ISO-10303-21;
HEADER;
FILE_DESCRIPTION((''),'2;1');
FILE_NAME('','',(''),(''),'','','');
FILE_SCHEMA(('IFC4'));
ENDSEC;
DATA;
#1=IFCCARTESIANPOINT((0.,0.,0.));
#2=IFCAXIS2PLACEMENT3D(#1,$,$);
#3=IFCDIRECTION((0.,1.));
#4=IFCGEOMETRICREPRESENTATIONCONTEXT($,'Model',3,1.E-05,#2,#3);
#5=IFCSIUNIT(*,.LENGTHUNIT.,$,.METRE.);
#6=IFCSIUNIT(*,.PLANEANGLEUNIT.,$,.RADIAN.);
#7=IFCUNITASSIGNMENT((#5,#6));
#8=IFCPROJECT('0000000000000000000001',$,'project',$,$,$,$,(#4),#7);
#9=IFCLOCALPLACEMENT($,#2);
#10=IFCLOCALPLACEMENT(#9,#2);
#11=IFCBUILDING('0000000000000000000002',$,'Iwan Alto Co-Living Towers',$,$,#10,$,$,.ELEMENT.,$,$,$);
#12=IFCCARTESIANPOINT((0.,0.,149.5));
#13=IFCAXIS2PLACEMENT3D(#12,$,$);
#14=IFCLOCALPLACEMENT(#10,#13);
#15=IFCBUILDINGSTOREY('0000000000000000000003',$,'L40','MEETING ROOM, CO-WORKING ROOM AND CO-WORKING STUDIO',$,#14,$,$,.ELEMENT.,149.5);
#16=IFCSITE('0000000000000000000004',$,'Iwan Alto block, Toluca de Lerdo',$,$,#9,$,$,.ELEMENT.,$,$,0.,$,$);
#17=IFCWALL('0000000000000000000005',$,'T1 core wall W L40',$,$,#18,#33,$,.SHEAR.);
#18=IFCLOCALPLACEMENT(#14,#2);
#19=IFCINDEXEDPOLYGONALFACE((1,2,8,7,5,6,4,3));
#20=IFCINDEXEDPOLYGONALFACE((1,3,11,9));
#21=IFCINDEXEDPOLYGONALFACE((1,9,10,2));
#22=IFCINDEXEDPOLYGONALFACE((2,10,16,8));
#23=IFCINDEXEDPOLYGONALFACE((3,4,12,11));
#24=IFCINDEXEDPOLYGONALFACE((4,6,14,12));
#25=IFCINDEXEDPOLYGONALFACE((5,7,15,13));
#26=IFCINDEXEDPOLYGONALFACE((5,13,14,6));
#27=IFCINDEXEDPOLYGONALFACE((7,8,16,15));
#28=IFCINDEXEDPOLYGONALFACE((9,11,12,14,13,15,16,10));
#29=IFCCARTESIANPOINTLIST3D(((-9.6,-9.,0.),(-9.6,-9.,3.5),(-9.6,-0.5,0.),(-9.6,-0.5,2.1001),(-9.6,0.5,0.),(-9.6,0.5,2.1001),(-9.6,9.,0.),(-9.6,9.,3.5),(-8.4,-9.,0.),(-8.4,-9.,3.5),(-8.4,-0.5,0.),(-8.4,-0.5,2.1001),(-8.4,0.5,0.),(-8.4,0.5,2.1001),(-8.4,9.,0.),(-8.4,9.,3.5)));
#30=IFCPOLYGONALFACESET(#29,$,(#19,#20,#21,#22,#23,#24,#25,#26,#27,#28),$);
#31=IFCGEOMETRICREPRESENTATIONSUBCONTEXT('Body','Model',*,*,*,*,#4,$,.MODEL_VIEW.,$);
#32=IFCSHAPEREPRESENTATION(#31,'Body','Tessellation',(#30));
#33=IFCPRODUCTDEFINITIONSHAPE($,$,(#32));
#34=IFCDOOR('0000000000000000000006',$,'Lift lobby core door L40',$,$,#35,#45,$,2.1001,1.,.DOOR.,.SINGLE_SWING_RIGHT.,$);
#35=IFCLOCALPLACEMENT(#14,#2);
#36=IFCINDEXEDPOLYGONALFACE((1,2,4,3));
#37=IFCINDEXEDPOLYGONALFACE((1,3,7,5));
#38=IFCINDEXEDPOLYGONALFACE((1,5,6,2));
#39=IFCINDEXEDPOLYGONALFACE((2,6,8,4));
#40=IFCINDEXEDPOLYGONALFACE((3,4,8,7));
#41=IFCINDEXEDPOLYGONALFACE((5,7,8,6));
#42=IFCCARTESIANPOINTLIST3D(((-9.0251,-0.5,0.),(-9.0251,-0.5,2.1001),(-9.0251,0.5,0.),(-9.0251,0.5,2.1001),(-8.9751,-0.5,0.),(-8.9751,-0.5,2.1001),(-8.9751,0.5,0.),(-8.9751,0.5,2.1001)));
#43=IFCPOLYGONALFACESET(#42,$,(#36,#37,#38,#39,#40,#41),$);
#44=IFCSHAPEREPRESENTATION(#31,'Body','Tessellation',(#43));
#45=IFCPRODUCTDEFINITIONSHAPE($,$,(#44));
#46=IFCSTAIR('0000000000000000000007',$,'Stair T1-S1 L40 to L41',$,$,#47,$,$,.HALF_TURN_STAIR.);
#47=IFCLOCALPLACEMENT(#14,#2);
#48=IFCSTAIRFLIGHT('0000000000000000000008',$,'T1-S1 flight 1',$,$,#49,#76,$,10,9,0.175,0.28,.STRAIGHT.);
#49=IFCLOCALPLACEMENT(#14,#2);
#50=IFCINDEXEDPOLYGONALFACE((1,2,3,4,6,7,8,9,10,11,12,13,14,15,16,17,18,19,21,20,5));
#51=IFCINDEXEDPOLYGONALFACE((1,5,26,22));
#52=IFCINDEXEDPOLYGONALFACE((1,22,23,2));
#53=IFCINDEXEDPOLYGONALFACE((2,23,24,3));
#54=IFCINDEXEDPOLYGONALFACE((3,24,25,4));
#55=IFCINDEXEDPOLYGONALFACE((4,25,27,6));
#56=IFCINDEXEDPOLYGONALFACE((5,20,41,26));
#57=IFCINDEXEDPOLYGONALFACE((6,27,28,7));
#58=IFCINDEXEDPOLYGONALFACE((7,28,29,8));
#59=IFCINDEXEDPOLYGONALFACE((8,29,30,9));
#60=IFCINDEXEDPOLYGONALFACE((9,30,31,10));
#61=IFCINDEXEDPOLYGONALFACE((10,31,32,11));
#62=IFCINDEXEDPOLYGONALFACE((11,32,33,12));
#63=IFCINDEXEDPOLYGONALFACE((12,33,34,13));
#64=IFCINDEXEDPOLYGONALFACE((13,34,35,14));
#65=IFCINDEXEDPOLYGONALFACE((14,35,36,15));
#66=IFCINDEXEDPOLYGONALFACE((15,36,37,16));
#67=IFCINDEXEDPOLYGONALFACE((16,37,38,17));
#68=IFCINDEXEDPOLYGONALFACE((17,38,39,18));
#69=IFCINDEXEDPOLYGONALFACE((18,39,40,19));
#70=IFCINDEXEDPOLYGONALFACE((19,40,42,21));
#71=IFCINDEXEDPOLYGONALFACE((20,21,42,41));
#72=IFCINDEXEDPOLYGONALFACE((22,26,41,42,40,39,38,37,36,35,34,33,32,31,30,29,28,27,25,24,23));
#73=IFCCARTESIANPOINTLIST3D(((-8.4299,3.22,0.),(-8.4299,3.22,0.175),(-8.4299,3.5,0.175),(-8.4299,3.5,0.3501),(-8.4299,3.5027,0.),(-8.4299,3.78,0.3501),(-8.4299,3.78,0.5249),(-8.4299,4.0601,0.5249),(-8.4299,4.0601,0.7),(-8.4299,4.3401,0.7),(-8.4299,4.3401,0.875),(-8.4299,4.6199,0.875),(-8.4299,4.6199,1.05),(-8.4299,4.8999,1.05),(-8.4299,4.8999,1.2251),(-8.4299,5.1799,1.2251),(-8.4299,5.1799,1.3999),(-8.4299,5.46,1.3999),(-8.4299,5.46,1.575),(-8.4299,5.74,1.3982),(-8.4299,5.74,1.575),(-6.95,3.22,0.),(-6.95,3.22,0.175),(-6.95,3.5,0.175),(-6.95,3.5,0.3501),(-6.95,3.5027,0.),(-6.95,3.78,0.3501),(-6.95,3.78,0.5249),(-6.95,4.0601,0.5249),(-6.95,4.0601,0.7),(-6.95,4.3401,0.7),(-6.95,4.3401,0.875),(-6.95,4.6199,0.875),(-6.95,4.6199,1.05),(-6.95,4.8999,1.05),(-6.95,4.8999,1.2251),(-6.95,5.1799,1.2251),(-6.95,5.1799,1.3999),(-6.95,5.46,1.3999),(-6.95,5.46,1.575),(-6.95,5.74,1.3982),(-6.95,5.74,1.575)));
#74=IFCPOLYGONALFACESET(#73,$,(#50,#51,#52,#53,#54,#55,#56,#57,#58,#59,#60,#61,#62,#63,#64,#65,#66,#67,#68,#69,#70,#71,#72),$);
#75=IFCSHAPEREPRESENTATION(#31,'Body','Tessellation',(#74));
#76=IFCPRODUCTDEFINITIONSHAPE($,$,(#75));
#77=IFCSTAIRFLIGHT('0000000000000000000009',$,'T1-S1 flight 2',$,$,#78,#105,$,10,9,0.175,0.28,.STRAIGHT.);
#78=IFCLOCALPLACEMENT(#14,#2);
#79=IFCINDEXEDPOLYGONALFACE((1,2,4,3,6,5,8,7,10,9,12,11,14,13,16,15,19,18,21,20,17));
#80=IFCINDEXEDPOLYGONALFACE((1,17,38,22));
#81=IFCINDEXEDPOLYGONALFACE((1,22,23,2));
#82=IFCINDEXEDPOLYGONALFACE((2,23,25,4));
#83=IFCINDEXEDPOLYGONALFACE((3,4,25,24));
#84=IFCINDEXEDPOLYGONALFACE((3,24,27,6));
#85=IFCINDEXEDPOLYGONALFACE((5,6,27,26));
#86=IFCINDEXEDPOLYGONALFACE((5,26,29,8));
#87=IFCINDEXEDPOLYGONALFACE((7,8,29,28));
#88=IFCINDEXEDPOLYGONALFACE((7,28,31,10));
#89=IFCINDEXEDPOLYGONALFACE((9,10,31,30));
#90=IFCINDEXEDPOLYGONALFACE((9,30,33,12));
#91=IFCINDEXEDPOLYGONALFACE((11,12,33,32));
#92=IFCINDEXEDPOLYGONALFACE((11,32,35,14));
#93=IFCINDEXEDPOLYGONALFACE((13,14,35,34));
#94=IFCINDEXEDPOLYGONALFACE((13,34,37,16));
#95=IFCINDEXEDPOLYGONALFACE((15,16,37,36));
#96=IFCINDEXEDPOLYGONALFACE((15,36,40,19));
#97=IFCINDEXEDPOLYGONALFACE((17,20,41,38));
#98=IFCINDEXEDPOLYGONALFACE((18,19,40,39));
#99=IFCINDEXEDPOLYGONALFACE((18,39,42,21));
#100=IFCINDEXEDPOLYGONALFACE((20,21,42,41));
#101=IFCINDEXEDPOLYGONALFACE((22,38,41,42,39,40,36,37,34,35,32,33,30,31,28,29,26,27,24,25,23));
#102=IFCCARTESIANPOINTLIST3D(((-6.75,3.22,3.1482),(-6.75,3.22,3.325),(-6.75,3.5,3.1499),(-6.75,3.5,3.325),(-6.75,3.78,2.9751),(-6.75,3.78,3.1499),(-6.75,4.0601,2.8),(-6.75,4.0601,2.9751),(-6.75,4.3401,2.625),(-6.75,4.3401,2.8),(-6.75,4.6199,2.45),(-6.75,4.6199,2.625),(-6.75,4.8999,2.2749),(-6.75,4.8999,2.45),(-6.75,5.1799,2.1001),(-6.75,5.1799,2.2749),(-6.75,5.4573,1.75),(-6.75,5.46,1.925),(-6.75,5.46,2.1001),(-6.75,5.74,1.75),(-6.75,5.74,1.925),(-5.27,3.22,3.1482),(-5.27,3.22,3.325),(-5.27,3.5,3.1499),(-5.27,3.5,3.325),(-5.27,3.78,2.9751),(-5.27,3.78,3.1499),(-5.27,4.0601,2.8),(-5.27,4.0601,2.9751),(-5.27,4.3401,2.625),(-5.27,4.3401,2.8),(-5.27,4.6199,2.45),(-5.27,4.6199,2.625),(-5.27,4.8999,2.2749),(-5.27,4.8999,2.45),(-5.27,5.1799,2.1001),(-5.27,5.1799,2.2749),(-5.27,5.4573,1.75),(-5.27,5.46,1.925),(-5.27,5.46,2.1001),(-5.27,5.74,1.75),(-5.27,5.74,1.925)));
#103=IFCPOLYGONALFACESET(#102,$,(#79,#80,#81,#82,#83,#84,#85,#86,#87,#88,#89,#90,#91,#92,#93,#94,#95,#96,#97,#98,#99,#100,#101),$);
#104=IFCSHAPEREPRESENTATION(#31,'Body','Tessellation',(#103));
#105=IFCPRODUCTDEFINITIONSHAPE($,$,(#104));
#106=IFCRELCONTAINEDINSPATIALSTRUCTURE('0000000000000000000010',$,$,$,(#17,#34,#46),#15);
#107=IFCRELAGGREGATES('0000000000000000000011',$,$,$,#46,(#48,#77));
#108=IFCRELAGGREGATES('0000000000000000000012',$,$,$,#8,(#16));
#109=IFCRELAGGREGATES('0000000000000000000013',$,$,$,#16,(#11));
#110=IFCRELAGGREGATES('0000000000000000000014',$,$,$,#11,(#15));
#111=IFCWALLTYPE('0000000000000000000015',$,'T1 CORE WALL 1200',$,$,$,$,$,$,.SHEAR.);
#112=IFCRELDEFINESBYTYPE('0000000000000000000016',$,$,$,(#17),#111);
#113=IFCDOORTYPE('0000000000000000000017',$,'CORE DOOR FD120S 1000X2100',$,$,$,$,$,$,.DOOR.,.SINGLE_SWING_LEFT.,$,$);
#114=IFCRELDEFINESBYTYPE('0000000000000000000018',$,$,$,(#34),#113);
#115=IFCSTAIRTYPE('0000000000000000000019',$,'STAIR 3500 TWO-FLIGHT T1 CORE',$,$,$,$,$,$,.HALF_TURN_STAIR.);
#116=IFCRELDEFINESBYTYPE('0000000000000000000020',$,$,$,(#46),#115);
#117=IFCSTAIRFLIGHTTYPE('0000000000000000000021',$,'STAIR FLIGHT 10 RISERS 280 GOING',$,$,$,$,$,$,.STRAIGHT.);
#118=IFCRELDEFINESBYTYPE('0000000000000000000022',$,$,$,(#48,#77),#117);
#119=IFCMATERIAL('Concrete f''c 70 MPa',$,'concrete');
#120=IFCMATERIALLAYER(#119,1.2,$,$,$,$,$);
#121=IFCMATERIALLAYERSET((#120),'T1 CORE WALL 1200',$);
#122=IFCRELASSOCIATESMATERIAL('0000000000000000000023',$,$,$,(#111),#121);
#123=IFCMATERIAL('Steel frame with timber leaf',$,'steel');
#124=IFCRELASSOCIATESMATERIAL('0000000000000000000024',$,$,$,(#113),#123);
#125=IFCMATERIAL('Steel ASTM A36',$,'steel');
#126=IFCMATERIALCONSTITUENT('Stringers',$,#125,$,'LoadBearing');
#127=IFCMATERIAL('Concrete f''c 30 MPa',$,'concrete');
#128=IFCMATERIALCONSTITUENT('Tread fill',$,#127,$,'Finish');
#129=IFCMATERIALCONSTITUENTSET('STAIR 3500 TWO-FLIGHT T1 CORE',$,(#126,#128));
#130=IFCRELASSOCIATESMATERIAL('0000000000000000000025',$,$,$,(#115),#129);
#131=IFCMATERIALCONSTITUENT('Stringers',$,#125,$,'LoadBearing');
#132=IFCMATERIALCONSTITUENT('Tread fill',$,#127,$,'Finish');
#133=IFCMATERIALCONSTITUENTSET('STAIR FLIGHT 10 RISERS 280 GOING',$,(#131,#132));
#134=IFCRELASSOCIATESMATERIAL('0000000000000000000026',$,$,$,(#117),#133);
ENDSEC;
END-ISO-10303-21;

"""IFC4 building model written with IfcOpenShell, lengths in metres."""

from ifc_helpers import new_model, si_unit, direction, frame, frame_2d, origin, place, context, subcontext, project, spatial, polyline, rectangle, outline, extrude, material, layer, layer_set, constituent, constituent_set, type_object, element, fill, aggregate, save


model = new_model("IFC4")

# Units and contexts
model_context = context("Model", 3, precision=1e-05, world=origin(), true_north=direction((0.0, 1.0)))
body_context = subcontext(model_context, "Body", "Model", "MODEL_VIEW")
ifc_project = project(units=[si_unit("LENGTHUNIT", "METRE"), si_unit("PLANEANGLEUNIT", "RADIAN")], contexts=[model_context])

# Site, building, storey
site_placement = place(None, origin())
site = spatial("IfcSite", under=ifc_project, at=site_placement, Name="Iwan Alto block, Toluca de Lerdo", CompositionType="ELEMENT", RefElevation=0.0)
building_placement = place(site_placement, origin())
building = spatial("IfcBuilding", under=site, at=building_placement, Name="Iwan Alto Co-Living Towers", CompositionType="ELEMENT")
storey_placement = place(building_placement, frame((0.0, 0.0, 149.5)))
storey = spatial("IfcBuildingStorey", under=building, at=storey_placement, Name="L40", Description="MEETING ROOM, CO-WORKING ROOM AND CO-WORKING STUDIO", CompositionType="ELEMENT", Elevation=149.5)

# Wall, opening, door
ifc_material_1 = material(Name="Concrete f'c 70 MPa", Category="concrete")
ifc_layer_1 = layer(ifc_material_1, 1.2)
ifc_layer_set_1 = layer_set([ifc_layer_1], Name="T1 CORE WALL 1200")
wall_type_1 = type_object("IfcWallType", Name="T1 CORE WALL 1200", PredefinedType="SHEAR", material=ifc_layer_set_1)
wall_1_placement = place(storey_placement, frame((-9.0, 9.0, 0.0), z_axis=(0.0, 0.0, 1.0), x_axis=(0.0, -1.0, 0.0)))
wall_1 = element("IfcWall", 1, at=wall_1_placement, inside=storey, type_object=wall_type_1, Name="T1 core wall W L40", PredefinedType="SHEAR", context=body_context, shape_type="SweptSolid", body=[
    extrude(rectangle(XDim=18.0, YDim=1.2, at=frame_2d((9.0, 0.0))), origin(), (0.0, 0.0, 1.0), 3.5),
])
opening_1_placement = place(wall_1_placement, frame((8.5, 0.0, 0.0)))
opening_1 = element("IfcOpeningElement", 2, at=opening_1_placement, cuts=wall_1, PredefinedType="OPENING", context=body_context, shape_type="SweptSolid", body=[
    extrude(rectangle(XDim=1.0, YDim=2.1001, at=frame_2d((0.5, 1.05))), frame((0.0, 0.6099, 0.0), z_axis=(0.0, -1.0, 0.0), x_axis=(1.0, 0.0, 0.0)), (0.0, 0.0, 1.0), 1.22),
])
ifc_material_2 = material(Name="Steel frame with timber leaf", Category="steel")
door_type_1 = type_object("IfcDoorType", Name="CORE DOOR FD120S 1000X2100", OperationType="SINGLE_SWING_LEFT", PredefinedType="DOOR", material=ifc_material_2)
door_1_placement = place(opening_1_placement, origin())
door_1 = element("IfcDoor", 3, at=door_1_placement, inside=storey, type_object=door_type_1, Name="Lift lobby core door L40", OperationType="SINGLE_SWING_RIGHT", OverallHeight=2.1001, OverallWidth=1.0, PredefinedType="DOOR", context=body_context, shape_type="SweptSolid", body=[
    extrude(rectangle(XDim=1.0, YDim=2.1001, at=frame_2d((0.5, 1.05))), frame((0.0, 0.0249, 0.0), z_axis=(0.0, -1.0, 0.0), x_axis=(1.0, 0.0, 0.0)), (0.0, 0.0, 1.0), 0.05),
])
fill(opening_1, door_1)

# Stair, stair flights
ifc_material_3 = material(Name="Steel ASTM A36", Category="steel")
ifc_constituent_1 = constituent(ifc_material_3, Name="Stringers", Category="LoadBearing")
ifc_material_4 = material(Name="Concrete f'c 30 MPa", Category="concrete")
ifc_constituent_2 = constituent(ifc_material_4, Name="Tread fill", Category="Finish")
ifc_constituent_set_1 = constituent_set(constituents=[ifc_constituent_1, ifc_constituent_2], Name="STAIR 3500 TWO-FLIGHT T1 CORE")
stair_type = type_object("IfcStairType", Name="STAIR 3500 TWO-FLIGHT T1 CORE", PredefinedType="HALF_TURN_STAIR", material=ifc_constituent_set_1)
stair_placement = place(storey_placement, origin())
stair = element("IfcStair", 4, at=stair_placement, inside=storey, type_object=stair_type, Name="Stair T1-S1 L40 to L41", PredefinedType="HALF_TURN_STAIR")
ifc_constituent_3 = constituent(ifc_material_3, Name="Stringers", Category="LoadBearing")
ifc_constituent_4 = constituent(ifc_material_4, Name="Tread fill", Category="Finish")
ifc_constituent_set_2 = constituent_set(constituents=[ifc_constituent_3, ifc_constituent_4], Name="STAIR FLIGHT 10 RISERS 280 GOING")
stair_flight_type = type_object("IfcStairFlightType", Name="STAIR FLIGHT 10 RISERS 280 GOING", PredefinedType="STRAIGHT", material=ifc_constituent_set_2)
stair_flight_1_placement = place(storey_placement, frame((-7.6899, 3.22, 0.0), z_axis=(0.0, 0.0, 1.0), x_axis=(0.0, 1.0, 0.0)))
stair_flight_1 = element("IfcStairFlight", 5, at=stair_flight_1_placement, type_object=stair_flight_type, Name="T1-S1 flight 1", NumberOfRisers=10, NumberOfTreads=9, PredefinedType="STRAIGHT", RiserHeight=0.175, TreadLength=0.28, context=body_context, shape_type="SweptSolid", body=[
    extrude(outline(polyline([(0.0, 0.0), (0.0, 0.175), (0.28, 0.175), (0.28, 0.3501), (0.5601, 0.3501), (0.5601, 0.5249), (0.8401, 0.5249), (0.8401, 0.7), (1.1201, 0.7), (1.1201, 0.875), (1.3999, 0.875), (1.3999, 1.05), (1.6799, 1.05), (1.6799, 1.2251), (1.96, 1.2251), (1.96, 1.3999), (2.24, 1.3999), (2.24, 1.575), (2.52, 1.575), (2.52, 1.75), (2.52, 1.3982), (0.2827, 0.0), (0.0, 0.0)])), frame((0.0, 0.74, 0.0), z_axis=(0.0, -1.0, 0.0), x_axis=(1.0, 0.0, 0.0)), (0.0, 0.0, 1.0), 1.48),
])
stair_flight_2_placement = place(storey_placement, frame((-6.01, 5.74, 1.75), z_axis=(0.0, 0.0, 1.0), x_axis=(0.0, -1.0, 0.0)))
stair_flight_2 = element("IfcStairFlight", 6, at=stair_flight_2_placement, type_object=stair_flight_type, Name="T1-S1 flight 2", NumberOfRisers=10, NumberOfTreads=9, PredefinedType="STRAIGHT", RiserHeight=0.175, TreadLength=0.28, context=body_context, shape_type="SweptSolid", body=[
    extrude(outline(polyline([(0.0, 0.0), (0.0, 0.175), (0.28, 0.175), (0.28, 0.3501), (0.5601, 0.3501), (0.5601, 0.5249), (0.8401, 0.5249), (0.8401, 0.7), (1.1201, 0.7), (1.1201, 0.875), (1.3999, 0.875), (1.3999, 1.05), (1.6799, 1.05), (1.6799, 1.2251), (1.96, 1.2251), (1.96, 1.3999), (2.24, 1.3999), (2.24, 1.575), (2.52, 1.575), (2.52, 1.75), (2.52, 1.3982), (0.2827, 0.0), (0.0, 0.0)])), frame((0.0, 0.74, 0.0), z_axis=(0.0, -1.0, 0.0), x_axis=(1.0, 0.0, 0.0)), (0.0, 0.0, 1.0), 1.48),
])
aggregate(stair, [stair_flight_1, stair_flight_2])

save(model, "model.ifc")
